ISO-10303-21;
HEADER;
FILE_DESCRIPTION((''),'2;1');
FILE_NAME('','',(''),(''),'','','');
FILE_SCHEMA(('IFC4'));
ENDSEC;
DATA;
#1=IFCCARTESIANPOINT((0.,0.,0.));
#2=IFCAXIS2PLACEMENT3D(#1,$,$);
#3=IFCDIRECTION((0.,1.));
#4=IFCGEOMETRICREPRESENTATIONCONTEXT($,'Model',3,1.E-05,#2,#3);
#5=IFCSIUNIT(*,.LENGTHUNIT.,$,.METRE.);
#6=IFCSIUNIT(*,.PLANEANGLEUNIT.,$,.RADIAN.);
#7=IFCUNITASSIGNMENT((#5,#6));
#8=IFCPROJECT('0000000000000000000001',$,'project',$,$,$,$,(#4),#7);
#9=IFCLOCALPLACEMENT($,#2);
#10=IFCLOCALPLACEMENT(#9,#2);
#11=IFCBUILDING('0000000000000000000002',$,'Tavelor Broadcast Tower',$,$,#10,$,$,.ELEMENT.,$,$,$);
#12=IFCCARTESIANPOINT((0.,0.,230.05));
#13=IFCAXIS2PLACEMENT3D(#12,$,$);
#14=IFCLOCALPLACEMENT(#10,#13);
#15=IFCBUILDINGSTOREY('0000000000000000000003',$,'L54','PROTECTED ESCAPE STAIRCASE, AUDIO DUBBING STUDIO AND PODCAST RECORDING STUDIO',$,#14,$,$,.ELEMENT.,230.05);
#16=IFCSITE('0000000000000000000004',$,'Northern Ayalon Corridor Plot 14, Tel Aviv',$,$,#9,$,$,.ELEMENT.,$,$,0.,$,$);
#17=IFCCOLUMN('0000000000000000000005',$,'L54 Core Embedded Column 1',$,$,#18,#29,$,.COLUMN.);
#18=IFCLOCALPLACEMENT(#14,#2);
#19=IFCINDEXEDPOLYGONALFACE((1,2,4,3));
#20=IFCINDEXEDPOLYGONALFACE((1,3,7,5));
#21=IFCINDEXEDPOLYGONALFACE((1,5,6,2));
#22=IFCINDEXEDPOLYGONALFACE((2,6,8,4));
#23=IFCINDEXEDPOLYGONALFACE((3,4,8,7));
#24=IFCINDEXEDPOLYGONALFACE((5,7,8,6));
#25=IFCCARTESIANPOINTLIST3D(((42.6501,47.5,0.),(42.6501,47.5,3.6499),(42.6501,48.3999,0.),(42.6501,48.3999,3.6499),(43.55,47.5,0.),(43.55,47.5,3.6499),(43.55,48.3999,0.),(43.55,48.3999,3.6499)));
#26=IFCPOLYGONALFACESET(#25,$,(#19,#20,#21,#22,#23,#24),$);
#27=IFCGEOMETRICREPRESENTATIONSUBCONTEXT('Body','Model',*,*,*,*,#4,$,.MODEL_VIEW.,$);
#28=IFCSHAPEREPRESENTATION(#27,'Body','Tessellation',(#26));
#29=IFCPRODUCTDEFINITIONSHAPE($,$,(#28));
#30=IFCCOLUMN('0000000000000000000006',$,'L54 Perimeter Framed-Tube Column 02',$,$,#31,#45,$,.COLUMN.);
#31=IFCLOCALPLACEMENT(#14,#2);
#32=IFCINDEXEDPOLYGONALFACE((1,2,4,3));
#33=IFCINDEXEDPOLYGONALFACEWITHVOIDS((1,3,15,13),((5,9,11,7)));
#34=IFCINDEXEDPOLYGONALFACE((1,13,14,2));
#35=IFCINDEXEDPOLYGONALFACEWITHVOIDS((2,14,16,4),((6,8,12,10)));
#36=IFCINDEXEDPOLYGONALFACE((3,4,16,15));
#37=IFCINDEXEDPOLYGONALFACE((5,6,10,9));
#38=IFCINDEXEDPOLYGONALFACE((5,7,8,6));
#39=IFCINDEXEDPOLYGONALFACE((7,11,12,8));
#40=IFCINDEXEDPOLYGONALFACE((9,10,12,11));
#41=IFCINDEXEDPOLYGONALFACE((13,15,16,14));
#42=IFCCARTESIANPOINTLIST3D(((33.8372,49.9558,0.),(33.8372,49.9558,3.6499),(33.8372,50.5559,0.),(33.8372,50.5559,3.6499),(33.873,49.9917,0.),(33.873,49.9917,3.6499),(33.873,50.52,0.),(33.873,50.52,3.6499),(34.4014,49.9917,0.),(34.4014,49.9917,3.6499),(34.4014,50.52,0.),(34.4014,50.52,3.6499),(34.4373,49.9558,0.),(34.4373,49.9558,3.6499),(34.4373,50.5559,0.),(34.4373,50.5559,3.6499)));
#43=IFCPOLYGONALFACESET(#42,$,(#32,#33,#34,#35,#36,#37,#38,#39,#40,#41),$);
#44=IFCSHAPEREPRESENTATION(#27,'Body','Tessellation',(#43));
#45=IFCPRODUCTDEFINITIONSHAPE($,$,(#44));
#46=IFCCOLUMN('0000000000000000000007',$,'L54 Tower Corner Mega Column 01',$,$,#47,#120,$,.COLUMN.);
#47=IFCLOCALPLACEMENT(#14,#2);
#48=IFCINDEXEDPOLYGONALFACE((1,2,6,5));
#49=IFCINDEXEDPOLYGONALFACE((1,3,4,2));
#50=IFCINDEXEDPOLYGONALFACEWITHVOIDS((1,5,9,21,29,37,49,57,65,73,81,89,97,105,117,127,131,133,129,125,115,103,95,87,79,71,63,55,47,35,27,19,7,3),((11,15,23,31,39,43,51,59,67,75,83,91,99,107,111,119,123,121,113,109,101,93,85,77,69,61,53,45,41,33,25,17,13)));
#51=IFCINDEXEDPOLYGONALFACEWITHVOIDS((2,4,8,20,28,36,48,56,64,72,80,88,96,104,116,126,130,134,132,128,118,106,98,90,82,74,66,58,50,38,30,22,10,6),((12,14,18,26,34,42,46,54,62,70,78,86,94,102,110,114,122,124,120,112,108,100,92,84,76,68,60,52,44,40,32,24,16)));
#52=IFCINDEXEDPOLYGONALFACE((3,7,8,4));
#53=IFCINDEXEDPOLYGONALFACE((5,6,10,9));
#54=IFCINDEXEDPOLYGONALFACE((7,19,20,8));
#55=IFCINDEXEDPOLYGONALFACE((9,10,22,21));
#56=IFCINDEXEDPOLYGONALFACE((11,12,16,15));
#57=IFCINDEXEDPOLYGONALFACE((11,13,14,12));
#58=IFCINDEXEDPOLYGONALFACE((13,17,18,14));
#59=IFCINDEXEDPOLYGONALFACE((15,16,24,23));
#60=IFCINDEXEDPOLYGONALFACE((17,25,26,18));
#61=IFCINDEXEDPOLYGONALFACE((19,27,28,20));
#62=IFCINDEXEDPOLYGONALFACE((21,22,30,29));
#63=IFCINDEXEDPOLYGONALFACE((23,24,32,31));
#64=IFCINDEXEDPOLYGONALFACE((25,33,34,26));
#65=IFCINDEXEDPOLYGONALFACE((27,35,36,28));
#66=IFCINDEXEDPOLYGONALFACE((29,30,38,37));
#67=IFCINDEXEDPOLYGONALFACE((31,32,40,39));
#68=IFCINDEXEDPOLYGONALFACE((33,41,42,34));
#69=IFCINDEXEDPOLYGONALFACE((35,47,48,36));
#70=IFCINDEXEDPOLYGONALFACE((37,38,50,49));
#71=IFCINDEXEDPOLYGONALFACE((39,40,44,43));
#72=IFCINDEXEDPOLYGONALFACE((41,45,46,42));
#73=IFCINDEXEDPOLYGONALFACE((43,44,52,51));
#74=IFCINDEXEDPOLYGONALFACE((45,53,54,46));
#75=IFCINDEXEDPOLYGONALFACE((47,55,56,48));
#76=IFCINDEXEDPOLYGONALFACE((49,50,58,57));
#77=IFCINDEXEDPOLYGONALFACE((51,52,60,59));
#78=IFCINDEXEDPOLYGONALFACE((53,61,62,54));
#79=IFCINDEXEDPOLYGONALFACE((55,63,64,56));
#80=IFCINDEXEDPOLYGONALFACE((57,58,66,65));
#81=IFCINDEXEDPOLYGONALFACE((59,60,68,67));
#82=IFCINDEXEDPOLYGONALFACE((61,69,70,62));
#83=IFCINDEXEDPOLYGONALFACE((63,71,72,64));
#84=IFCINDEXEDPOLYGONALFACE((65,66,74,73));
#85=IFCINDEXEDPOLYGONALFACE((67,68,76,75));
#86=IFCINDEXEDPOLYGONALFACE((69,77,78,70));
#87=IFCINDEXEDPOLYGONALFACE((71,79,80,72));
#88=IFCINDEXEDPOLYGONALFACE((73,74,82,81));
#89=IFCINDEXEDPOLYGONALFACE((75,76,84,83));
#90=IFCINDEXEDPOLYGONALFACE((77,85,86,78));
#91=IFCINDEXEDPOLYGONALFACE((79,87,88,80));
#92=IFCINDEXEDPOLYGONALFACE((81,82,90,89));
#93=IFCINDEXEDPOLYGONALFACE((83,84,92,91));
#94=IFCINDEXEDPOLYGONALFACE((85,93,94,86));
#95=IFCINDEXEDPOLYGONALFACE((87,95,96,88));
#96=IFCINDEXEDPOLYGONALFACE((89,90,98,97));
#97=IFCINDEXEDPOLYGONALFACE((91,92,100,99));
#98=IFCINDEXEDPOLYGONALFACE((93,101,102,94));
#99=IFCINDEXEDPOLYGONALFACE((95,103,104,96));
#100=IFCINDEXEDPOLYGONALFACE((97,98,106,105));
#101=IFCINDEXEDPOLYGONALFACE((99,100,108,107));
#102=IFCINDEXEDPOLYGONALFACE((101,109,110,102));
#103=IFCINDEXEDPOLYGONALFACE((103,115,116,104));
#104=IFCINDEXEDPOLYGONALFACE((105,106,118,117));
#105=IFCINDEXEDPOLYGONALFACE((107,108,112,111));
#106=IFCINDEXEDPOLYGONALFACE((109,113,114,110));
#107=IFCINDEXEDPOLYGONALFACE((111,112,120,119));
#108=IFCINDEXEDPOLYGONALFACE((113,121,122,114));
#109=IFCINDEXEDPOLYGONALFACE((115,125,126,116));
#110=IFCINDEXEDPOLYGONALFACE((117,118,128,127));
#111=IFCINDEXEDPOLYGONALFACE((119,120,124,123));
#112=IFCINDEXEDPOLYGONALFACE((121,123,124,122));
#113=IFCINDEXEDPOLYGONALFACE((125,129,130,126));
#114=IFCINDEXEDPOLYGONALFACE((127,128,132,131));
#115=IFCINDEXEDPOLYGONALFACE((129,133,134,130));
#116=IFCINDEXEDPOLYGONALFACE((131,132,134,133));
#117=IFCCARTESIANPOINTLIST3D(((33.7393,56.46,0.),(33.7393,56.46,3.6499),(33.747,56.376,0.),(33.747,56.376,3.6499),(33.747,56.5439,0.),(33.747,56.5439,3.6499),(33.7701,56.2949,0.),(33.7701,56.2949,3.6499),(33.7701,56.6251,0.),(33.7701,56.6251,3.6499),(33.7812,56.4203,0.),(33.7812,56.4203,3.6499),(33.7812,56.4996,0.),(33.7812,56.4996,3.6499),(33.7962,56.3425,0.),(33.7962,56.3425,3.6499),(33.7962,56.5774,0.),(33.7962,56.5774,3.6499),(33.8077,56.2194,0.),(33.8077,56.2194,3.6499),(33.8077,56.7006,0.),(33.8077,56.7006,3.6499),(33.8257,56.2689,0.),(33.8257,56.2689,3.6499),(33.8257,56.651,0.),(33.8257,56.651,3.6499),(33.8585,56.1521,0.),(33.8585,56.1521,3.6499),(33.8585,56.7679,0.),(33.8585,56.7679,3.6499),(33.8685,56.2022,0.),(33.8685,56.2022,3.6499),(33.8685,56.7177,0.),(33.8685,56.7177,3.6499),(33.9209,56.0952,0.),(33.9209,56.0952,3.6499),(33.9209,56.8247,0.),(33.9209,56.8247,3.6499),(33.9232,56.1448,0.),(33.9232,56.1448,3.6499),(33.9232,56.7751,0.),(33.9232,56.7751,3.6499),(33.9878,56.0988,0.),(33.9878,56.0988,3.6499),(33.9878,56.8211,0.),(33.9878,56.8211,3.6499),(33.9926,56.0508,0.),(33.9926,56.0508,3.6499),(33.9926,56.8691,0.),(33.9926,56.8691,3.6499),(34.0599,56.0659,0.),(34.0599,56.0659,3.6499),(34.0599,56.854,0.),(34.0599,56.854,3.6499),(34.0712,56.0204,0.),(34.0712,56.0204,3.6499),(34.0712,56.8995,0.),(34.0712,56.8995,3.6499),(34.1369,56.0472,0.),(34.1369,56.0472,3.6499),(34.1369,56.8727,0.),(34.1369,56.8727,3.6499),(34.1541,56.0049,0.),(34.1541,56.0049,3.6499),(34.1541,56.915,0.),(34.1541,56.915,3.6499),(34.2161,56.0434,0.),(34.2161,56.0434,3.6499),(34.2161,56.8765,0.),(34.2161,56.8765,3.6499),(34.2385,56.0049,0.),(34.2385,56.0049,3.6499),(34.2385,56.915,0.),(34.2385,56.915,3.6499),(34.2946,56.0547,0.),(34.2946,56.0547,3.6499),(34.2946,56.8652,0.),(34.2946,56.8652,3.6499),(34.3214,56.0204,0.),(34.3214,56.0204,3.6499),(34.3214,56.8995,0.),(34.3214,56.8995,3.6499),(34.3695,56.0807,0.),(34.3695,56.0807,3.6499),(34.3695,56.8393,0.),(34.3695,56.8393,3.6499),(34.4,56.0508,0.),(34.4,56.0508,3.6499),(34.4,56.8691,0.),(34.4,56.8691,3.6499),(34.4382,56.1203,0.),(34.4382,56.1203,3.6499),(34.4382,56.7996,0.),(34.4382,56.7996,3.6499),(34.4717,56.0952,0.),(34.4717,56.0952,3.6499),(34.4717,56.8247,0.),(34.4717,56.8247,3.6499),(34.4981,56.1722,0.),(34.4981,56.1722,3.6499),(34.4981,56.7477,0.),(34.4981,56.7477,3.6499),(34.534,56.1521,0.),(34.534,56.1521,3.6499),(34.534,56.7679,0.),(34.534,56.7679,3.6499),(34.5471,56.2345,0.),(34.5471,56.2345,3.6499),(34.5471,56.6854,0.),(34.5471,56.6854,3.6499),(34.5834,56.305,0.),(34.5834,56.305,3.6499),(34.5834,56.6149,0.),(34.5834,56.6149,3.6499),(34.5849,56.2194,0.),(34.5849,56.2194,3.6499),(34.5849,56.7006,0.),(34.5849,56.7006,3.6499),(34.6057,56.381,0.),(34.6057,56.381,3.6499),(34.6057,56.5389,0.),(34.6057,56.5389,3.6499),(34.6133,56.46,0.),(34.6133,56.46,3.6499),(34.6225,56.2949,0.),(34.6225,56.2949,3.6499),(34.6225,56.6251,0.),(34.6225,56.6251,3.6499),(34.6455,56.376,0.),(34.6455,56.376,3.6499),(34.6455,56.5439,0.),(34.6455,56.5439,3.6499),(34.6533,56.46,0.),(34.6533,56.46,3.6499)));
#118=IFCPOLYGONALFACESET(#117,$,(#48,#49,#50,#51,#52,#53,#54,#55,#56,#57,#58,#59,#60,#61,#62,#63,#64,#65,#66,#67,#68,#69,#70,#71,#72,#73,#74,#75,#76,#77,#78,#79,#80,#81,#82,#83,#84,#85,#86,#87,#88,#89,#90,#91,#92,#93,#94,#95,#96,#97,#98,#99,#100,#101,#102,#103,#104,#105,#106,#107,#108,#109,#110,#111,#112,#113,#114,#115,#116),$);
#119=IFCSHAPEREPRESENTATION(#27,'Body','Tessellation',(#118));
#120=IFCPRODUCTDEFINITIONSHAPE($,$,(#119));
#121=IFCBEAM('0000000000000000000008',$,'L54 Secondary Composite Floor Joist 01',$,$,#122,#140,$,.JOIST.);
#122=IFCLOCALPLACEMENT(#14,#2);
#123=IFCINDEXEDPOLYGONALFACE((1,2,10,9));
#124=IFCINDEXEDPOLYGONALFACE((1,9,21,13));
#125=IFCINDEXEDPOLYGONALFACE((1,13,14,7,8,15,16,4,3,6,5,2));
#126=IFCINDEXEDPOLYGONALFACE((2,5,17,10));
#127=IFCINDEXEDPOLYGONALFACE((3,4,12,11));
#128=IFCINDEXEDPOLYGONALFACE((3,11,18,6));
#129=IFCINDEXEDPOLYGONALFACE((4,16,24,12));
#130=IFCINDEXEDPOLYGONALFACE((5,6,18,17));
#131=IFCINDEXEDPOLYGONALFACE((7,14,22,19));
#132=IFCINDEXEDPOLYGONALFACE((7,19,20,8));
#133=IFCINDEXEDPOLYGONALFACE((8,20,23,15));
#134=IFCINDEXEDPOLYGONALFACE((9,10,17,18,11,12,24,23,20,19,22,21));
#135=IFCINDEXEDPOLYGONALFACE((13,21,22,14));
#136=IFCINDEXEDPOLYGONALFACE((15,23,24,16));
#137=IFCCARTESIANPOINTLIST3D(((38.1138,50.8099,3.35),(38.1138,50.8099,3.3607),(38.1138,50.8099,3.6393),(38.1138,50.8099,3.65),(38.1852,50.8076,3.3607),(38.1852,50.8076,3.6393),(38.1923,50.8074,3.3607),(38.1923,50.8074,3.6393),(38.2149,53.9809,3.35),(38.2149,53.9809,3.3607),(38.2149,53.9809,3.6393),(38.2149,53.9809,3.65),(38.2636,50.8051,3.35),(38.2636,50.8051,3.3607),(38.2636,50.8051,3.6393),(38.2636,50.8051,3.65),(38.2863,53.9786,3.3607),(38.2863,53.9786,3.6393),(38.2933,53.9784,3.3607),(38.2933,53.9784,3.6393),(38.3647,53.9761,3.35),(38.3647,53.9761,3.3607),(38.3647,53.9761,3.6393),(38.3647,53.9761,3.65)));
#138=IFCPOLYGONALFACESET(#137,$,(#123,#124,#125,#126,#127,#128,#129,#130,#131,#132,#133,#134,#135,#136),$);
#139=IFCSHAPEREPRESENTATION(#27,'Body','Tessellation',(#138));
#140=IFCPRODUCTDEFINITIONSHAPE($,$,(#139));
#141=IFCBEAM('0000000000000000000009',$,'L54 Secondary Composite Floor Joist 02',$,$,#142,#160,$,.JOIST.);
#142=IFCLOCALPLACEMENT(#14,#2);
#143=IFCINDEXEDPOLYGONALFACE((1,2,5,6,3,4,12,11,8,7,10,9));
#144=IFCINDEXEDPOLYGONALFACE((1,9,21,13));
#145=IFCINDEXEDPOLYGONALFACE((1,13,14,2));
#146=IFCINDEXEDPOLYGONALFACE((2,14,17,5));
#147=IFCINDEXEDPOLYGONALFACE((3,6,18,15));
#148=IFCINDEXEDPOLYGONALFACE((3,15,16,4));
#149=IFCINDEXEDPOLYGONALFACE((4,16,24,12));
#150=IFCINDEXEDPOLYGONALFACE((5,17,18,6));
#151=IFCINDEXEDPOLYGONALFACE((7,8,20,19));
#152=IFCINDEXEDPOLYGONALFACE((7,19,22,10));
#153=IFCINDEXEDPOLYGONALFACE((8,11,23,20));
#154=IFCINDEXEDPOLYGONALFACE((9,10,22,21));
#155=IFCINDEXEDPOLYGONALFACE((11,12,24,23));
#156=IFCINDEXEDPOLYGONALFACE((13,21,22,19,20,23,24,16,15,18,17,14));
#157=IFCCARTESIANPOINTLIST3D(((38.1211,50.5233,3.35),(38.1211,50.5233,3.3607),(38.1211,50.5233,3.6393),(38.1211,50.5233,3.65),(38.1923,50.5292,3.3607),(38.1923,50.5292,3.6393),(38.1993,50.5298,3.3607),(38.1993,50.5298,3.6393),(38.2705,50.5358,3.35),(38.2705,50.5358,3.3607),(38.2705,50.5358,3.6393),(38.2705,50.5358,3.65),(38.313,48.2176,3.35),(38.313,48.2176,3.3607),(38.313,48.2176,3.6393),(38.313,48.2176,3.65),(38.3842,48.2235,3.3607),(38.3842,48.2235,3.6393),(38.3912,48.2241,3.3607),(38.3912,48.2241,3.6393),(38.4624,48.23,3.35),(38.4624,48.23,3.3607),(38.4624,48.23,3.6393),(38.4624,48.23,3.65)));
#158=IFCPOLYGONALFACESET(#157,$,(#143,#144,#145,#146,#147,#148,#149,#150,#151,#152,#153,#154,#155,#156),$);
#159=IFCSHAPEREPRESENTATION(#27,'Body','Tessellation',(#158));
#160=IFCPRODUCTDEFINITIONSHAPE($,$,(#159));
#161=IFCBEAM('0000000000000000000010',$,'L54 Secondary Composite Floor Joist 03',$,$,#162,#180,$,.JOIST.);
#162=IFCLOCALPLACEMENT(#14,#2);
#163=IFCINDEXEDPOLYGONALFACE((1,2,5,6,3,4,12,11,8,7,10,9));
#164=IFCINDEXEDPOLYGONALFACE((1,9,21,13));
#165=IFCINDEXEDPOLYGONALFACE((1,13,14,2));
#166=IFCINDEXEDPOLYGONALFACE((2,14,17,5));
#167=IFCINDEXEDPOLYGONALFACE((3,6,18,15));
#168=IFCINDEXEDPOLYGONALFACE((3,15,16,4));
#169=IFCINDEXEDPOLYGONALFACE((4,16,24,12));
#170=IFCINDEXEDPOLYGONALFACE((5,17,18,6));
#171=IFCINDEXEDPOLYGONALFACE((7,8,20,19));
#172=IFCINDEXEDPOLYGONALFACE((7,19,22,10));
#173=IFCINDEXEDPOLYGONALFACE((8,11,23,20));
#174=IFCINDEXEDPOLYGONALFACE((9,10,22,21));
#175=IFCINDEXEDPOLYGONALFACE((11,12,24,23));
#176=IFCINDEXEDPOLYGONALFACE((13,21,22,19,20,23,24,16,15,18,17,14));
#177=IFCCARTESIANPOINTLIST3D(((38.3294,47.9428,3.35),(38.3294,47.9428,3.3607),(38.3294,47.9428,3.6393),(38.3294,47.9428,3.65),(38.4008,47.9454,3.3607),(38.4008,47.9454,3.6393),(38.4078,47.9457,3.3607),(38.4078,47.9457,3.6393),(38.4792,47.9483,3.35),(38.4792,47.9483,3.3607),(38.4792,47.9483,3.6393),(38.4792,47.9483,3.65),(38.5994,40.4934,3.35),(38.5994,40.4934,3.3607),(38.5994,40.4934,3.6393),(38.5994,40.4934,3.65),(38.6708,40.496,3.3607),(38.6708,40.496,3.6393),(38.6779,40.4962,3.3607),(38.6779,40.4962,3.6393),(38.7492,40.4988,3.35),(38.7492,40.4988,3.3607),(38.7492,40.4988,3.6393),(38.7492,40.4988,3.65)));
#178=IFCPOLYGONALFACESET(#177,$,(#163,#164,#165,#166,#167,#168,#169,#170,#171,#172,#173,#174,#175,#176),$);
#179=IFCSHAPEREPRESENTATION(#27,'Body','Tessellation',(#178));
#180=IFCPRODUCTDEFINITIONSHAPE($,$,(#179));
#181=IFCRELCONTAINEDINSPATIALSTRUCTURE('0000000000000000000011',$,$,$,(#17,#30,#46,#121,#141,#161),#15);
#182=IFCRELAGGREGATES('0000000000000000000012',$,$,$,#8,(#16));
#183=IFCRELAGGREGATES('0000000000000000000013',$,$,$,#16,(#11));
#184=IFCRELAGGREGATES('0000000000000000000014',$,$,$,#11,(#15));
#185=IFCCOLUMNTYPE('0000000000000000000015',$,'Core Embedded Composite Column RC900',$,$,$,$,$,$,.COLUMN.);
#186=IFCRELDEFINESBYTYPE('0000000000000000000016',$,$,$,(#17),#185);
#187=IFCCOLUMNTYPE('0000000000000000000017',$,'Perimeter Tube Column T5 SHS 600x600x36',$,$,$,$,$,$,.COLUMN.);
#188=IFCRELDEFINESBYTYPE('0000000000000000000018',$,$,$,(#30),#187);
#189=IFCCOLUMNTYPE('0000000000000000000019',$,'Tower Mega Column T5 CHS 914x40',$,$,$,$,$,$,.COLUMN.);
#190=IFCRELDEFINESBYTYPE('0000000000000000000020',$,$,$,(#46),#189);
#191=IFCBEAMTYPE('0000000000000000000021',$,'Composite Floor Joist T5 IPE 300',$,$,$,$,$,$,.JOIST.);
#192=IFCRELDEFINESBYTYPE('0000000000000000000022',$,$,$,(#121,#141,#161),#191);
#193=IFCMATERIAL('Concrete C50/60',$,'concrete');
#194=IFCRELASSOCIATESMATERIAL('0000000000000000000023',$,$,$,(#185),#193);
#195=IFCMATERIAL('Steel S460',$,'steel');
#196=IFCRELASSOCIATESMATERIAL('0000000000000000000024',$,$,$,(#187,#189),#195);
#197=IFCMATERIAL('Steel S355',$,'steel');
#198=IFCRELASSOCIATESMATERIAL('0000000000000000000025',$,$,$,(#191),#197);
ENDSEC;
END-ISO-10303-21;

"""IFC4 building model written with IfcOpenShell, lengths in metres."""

from ifc_helpers import new_model, si_unit, direction, frame, origin, origin_2d, place, context, subcontext, project, spatial, rectangle, hollow_rectangle, hollow_circle, i_section, extrude, material, material_profile, profile_set, type_object, element, save


model = new_model("IFC4")

# Units and contexts
model_context = context("Model", 3, precision=1e-05, world=origin(), true_north=direction((0.0, 1.0)))
body_context = subcontext(model_context, "Body", "Model", "MODEL_VIEW")
ifc_project = project(units=[si_unit("LENGTHUNIT", "METRE"), si_unit("PLANEANGLEUNIT", "RADIAN")], contexts=[model_context])

# Site, building, storey
site_placement = place(None, origin())
site = spatial("IfcSite", under=ifc_project, at=site_placement, Name="Northern Ayalon Corridor Plot 14, Tel Aviv", CompositionType="ELEMENT", RefElevation=0.0)
building_placement = place(site_placement, origin())
building = spatial("IfcBuilding", under=site, at=building_placement, Name="Tavelor Broadcast Tower", CompositionType="ELEMENT")
storey_placement = place(building_placement, frame((0.0, 0.0, 230.05)))
storey = spatial("IfcBuildingStorey", under=building, at=storey_placement, Name="L54", Description="PROTECTED ESCAPE STAIRCASE, AUDIO DUBBING STUDIO AND PODCAST RECORDING STUDIO", CompositionType="ELEMENT", Elevation=230.05)

# Columns
ifc_material_1 = material(Name="Concrete C50/60", Category="concrete")
ifc_material_profile_1 = material_profile(ifc_material_1, rectangle(XDim=0.8999, YDim=0.8999, at=origin_2d()), Name="RC 900x900")
ifc_profile_set_1 = profile_set([ifc_material_profile_1], Name="Concrete C50/60")
column_type_1 = type_object("IfcColumnType", Name="Core Embedded Composite Column RC900", PredefinedType="COLUMN", material=ifc_profile_set_1)
column_1_placement = place(storey_placement, frame((43.1001, 47.95, 0.0), z_axis=(0.0, 0.0, 1.0), x_axis=(1.0, 0.0, 0.0)))
element("IfcColumn", 1, at=column_1_placement, inside=storey, type_object=column_type_1, Name="L54 Core Embedded Column 1", PredefinedType="COLUMN", context=body_context, shape_type="SweptSolid", body=[
    extrude(rectangle(XDim=0.8999, YDim=0.8999, at=origin_2d()), origin(), (0.0, 0.0, 1.0), 3.6499),
])
ifc_material_2 = material(Name="Steel S460", Category="steel")
ifc_material_profile_2 = material_profile(ifc_material_2, hollow_rectangle(XDim=0.6001, YDim=0.6001, WallThickness=0.0359, at=origin_2d()), Name="SHS 600x600x36")
ifc_profile_set_2 = profile_set([ifc_material_profile_2], Name="Steel S460")
column_type_2 = type_object("IfcColumnType", Name="Perimeter Tube Column T5 SHS 600x600x36", PredefinedType="COLUMN", material=ifc_profile_set_2)
column_2_placement = place(storey_placement, frame((34.1372, 50.2559, 0.0), z_axis=(0.0, 0.0, 1.0), x_axis=(1.0, 0.0, 0.0)))
element("IfcColumn", 2, at=column_2_placement, inside=storey, type_object=column_type_2, Name="L54 Perimeter Framed-Tube Column 02", PredefinedType="COLUMN", context=body_context, shape_type="SweptSolid", body=[
    extrude(hollow_rectangle(XDim=0.6001, YDim=0.6001, WallThickness=0.0359, at=origin_2d()), origin(), (0.0, 0.0, 1.0), 3.6499),
])
ifc_material_profile_3 = material_profile(ifc_material_2, hollow_circle(Radius=0.457, WallThickness=0.04, at=origin_2d()), Name="CHS 914x40")
ifc_profile_set_3 = profile_set([ifc_material_profile_3], Name="Steel S460")
column_type_3 = type_object("IfcColumnType", Name="Tower Mega Column T5 CHS 914x40", PredefinedType="COLUMN", material=ifc_profile_set_3)
column_3_placement = place(storey_placement, frame((34.1963, 56.46, 0.0), z_axis=(0.0, 0.0, 1.0), x_axis=(1.0, 0.0, 0.0)))
element("IfcColumn", 3, at=column_3_placement, inside=storey, type_object=column_type_3, Name="L54 Tower Corner Mega Column 01", PredefinedType="COLUMN", context=body_context, shape_type="SweptSolid", body=[
    extrude(hollow_circle(Radius=0.457, WallThickness=0.04, at=origin_2d()), origin(), (0.0, 0.0, 1.0), 3.6499),
])

# Beams
ifc_material_3 = material(Name="Steel S355", Category="steel")
ifc_material_profile_4 = material_profile(ifc_material_3, i_section(OverallWidth=0.1499, OverallDepth=0.3, WebThickness=0.0071, FlangeThickness=0.0107, at=origin_2d()), Name="IPE 300")
ifc_profile_set_4 = profile_set([ifc_material_profile_4], Name="Steel S355")
beam_type_1 = type_object("IfcBeamType", Name="Composite Floor Joist T5 IPE 300", PredefinedType="JOIST", material=ifc_profile_set_4)
beam_1_placement = place(storey_placement, frame((38.2898, 53.9785, 3.5), z_axis=(-0.031859, -0.999492, 0.0), x_axis=(0.999492, -0.031859, 0.0)))
element("IfcBeam", 4, at=beam_1_placement, inside=storey, type_object=beam_type_1, Name="L54 Secondary Composite Floor Joist 01", PredefinedType="JOIST", context=body_context, shape_type="SweptSolid", body=[
    extrude(i_section(OverallWidth=0.1499, OverallDepth=0.3, WebThickness=0.0071, FlangeThickness=0.0107, at=origin_2d()), origin(), (0.0, 0.0, 1.0), 3.1726),
])
beam_2_placement = place(storey_placement, frame((38.1958, 50.5295, 3.5), z_axis=(0.082941, -0.996554, 0.0), x_axis=(0.996554, 0.082941, 0.0)))
element("IfcBeam", 5, at=beam_2_placement, inside=storey, type_object=beam_type_1, Name="L54 Secondary Composite Floor Joist 02", PredefinedType="JOIST", context=body_context, shape_type="SweptSolid", body=[
    extrude(i_section(OverallWidth=0.1499, OverallDepth=0.3, WebThickness=0.0071, FlangeThickness=0.0107, at=origin_2d()), origin(), (0.0, 0.0, 1.0), 2.3137),
])
beam_3_placement = place(storey_placement, frame((38.4043, 47.9456, 3.5), z_axis=(0.036223, -0.999344, 0.0), x_axis=(0.999344, 0.036223, 0.0)))
element("IfcBeam", 6, at=beam_3_placement, inside=storey, type_object=beam_type_1, Name="L54 Secondary Composite Floor Joist 03", PredefinedType="JOIST", context=body_context, shape_type="SweptSolid", body=[
    extrude(i_section(OverallWidth=0.1499, OverallDepth=0.3, WebThickness=0.0071, FlangeThickness=0.0107, at=origin_2d()), origin(), (0.0, 0.0, 1.0), 7.4543),
])

save(model, "model.ifc")
